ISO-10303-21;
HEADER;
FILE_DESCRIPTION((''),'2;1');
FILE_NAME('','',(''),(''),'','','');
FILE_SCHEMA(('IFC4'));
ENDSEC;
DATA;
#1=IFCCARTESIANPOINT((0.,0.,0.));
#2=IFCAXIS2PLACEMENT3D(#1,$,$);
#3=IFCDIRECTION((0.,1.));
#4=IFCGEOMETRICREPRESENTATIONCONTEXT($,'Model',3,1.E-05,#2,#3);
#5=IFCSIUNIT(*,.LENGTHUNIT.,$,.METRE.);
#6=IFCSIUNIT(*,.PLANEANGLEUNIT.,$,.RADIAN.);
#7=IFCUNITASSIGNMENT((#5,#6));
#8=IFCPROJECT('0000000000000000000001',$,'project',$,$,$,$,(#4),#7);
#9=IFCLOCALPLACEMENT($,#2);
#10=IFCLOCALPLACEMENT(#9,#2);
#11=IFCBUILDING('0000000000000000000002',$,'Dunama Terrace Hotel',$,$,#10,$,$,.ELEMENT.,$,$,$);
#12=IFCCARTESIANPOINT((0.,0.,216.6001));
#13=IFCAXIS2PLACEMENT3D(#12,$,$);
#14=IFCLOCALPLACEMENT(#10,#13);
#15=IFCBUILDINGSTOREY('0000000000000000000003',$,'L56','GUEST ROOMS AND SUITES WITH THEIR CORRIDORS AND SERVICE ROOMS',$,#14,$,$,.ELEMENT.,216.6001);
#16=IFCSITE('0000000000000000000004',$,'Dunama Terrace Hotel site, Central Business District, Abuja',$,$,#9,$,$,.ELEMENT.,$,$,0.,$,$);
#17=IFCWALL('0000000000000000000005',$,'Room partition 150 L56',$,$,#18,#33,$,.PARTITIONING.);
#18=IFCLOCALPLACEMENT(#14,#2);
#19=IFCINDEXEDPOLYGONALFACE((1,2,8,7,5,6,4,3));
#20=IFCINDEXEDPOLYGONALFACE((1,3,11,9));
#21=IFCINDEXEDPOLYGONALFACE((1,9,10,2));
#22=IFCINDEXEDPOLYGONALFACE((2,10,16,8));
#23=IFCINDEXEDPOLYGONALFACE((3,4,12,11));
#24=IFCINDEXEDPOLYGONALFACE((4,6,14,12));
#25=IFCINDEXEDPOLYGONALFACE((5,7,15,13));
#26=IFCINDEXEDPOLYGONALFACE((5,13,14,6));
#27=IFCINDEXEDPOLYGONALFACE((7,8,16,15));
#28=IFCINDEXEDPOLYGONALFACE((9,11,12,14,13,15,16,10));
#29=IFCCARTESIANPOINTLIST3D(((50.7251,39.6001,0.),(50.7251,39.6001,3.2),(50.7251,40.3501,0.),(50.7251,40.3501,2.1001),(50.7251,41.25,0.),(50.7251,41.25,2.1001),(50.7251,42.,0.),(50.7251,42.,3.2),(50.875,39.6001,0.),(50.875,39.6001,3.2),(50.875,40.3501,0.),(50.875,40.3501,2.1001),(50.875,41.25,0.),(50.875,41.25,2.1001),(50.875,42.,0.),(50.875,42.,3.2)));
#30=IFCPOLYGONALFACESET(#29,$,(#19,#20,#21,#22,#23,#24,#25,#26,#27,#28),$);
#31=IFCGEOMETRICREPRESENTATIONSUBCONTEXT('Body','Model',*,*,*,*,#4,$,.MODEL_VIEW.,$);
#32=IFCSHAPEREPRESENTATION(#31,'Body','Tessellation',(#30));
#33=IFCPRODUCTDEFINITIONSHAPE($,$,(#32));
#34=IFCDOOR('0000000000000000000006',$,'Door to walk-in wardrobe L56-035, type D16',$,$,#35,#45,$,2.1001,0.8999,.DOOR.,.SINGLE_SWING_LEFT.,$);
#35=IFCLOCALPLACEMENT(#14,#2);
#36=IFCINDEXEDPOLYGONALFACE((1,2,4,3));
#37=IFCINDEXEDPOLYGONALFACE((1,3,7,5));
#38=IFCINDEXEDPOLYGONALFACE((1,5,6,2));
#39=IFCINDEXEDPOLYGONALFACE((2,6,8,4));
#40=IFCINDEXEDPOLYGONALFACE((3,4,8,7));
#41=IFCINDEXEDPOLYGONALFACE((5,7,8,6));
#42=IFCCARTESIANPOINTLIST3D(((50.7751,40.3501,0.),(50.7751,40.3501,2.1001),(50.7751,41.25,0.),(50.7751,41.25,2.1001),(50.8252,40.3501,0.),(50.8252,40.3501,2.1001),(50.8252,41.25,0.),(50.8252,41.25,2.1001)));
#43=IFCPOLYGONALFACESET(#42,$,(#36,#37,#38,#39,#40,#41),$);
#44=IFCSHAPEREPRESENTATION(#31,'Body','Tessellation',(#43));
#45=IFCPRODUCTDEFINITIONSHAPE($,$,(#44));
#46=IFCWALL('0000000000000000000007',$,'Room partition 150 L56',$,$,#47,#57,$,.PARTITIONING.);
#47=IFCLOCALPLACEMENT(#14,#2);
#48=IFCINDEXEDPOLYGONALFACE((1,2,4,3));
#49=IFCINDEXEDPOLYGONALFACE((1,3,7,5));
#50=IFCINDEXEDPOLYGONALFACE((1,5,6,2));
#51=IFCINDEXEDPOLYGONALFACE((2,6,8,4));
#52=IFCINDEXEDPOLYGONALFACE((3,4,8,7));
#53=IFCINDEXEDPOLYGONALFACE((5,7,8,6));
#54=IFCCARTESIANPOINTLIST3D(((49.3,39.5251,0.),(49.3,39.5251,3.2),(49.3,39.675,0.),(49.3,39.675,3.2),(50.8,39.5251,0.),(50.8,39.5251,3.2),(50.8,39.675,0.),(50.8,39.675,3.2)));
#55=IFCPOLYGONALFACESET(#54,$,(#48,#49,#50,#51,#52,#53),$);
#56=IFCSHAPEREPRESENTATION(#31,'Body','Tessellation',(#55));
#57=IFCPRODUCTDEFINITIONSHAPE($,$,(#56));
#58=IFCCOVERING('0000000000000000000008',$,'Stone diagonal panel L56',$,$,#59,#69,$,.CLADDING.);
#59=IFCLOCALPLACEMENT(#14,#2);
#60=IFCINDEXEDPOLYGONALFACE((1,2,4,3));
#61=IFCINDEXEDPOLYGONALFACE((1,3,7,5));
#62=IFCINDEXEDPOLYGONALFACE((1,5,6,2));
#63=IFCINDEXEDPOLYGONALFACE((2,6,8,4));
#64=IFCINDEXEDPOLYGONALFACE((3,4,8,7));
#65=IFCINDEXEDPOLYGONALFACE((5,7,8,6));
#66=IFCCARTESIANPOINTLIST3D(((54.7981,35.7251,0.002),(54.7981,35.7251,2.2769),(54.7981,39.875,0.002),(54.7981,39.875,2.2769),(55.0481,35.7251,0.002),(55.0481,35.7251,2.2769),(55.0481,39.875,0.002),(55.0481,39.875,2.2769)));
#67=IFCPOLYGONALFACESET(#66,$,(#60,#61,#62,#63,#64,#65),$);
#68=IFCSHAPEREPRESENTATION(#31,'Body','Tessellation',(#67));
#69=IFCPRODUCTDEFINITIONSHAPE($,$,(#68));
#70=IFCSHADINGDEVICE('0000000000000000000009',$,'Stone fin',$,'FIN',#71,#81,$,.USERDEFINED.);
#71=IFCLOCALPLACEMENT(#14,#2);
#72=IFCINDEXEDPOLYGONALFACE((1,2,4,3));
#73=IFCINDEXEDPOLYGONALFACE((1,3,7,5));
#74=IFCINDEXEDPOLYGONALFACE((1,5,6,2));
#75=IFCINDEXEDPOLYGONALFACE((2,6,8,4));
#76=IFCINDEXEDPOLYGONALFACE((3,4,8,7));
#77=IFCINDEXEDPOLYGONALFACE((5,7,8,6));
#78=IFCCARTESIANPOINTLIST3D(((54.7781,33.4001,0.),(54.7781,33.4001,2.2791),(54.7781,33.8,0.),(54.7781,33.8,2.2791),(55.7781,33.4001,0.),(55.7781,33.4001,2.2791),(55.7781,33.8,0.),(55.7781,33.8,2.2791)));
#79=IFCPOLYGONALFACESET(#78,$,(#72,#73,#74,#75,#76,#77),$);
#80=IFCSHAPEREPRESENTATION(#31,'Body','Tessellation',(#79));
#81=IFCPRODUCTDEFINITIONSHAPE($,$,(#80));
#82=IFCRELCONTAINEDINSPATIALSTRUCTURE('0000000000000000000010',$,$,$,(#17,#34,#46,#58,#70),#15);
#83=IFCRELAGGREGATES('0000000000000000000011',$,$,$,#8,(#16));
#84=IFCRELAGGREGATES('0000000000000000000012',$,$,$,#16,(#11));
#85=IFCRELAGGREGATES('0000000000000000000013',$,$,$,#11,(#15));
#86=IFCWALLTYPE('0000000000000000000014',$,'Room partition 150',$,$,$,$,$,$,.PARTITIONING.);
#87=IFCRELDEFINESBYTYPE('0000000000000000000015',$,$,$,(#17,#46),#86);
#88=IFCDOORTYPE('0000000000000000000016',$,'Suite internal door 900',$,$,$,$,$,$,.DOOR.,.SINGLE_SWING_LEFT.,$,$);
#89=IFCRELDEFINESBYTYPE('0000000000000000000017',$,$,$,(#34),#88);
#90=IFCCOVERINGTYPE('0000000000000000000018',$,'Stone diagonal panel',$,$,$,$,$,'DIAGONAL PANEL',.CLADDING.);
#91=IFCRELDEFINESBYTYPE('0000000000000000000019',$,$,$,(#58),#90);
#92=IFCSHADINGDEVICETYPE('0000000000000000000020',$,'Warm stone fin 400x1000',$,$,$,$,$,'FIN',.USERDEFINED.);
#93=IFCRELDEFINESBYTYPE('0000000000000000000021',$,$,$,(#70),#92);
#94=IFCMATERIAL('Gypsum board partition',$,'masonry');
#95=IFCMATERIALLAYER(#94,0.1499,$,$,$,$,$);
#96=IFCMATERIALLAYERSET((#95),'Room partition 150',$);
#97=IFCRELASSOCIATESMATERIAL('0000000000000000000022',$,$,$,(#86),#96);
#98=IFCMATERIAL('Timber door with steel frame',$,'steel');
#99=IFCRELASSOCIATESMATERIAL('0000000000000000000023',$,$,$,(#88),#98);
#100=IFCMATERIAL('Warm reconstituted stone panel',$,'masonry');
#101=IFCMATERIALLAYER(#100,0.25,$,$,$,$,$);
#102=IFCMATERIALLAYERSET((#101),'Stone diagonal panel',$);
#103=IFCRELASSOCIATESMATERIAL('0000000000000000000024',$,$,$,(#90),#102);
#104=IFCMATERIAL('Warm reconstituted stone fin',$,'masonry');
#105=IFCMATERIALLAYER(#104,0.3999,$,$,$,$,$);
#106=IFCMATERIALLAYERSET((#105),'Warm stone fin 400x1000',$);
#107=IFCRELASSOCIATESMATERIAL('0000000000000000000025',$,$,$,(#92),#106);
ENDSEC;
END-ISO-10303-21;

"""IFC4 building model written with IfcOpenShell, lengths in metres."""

from ifc_helpers import new_model, si_unit, direction, frame, frame_2d, origin, origin_2d, place, context, subcontext, project, spatial, rectangle, extrude, material, layer, layer_set, type_object, element, fill, save


model = new_model("IFC4")

# Units and contexts
model_context = context("Model", 3, precision=1e-05, world=origin(), true_north=direction((0.0, 1.0)))
body_context = subcontext(model_context, "Body", "Model", "MODEL_VIEW")
ifc_project = project(units=[si_unit("LENGTHUNIT", "METRE"), si_unit("PLANEANGLEUNIT", "RADIAN")], contexts=[model_context])

# Site, building, storey
site_placement = place(None, origin())
site = spatial("IfcSite", under=ifc_project, at=site_placement, Name="Dunama Terrace Hotel site, Central Business District, Abuja", CompositionType="ELEMENT", RefElevation=0.0)
building_placement = place(site_placement, origin())
building = spatial("IfcBuilding", under=site, at=building_placement, Name="Dunama Terrace Hotel", CompositionType="ELEMENT")
storey_placement = place(building_placement, frame((0.0, 0.0, 216.6001)))
storey = spatial("IfcBuildingStorey", under=building, at=storey_placement, Name="L56", Description="GUEST ROOMS AND SUITES WITH THEIR CORRIDORS AND SERVICE ROOMS", CompositionType="ELEMENT", Elevation=216.6001)

# Shared definitions
ifc_material_1 = material(Name="Gypsum board partition", Category="masonry")
ifc_layer_1 = layer(ifc_material_1, 0.1499)
ifc_layer_set_1 = layer_set([ifc_layer_1], Name="Room partition 150")
wall_type_1 = type_object("IfcWallType", Name="Room partition 150", PredefinedType="PARTITIONING", material=ifc_layer_set_1)
ifc_material_2 = material(Name="Timber door with steel frame", Category="steel")
door_type_1 = type_object("IfcDoorType", Name="Suite internal door 900", OperationType="SINGLE_SWING_LEFT", PredefinedType="DOOR", material=ifc_material_2)

# Wall, opening, door
wall_1_placement = place(storey_placement, frame((50.8, 39.6001, 0.0), z_axis=(0.0, 0.0, 1.0), x_axis=(0.0, 1.0, 0.0)))
wall_1 = element("IfcWall", 1, at=wall_1_placement, inside=storey, type_object=wall_type_1, Name="Room partition 150 L56", PredefinedType="PARTITIONING", context=body_context, shape_type="SweptSolid", body=[
    extrude(rectangle(XDim=2.3999, YDim=0.1499, at=frame_2d((1.2, 0.0))), origin(), (0.0, 0.0, 1.0), 3.2),
])
opening_1_placement = place(wall_1_placement, frame((0.75, 0.0, 0.0)))
opening_1 = element("IfcOpeningElement", 2, at=opening_1_placement, cuts=wall_1, PredefinedType="OPENING", context=body_context, shape_type="SweptSolid", body=[
    extrude(rectangle(XDim=0.8999, YDim=2.1001, at=frame_2d((0.45, 1.05))), frame((0.0, 0.085, 0.0), z_axis=(0.0, -1.0, 0.0), x_axis=(1.0, 0.0, 0.0)), (0.0, 0.0, 1.0), 0.1699),
])
door_1_placement = place(opening_1_placement, origin())
door_1 = element("IfcDoor", 3, at=door_1_placement, inside=storey, type_object=door_type_1, Name="Door to walk-in wardrobe L56-035, type D16", OperationType="SINGLE_SWING_LEFT", OverallHeight=2.1001, OverallWidth=0.8999, PredefinedType="DOOR", context=body_context, shape_type="SweptSolid", body=[
    extrude(rectangle(XDim=0.8999, YDim=2.1001, at=frame_2d((0.45, 1.05))), frame((0.0, 0.0249, 0.0), z_axis=(0.0, -1.0, 0.0), x_axis=(1.0, 0.0, 0.0)), (0.0, 0.0, 1.0), 0.05),
])
fill(opening_1, door_1)

# Wall
wall_2_placement = place(storey_placement, frame((49.3, 39.6001, 0.0), z_axis=(0.0, 0.0, 1.0), x_axis=(1.0, 0.0, 0.0)))
element("IfcWall", 4, at=wall_2_placement, inside=storey, type_object=wall_type_1, Name="Room partition 150 L56", PredefinedType="PARTITIONING", context=body_context, shape_type="SweptSolid", body=[
    extrude(rectangle(XDim=1.5, YDim=0.1499, at=frame_2d((0.75, 0.0))), origin(), (0.0, 0.0, 1.0), 3.2),
])

# Covering
ifc_material_3 = material(Name="Warm reconstituted stone panel", Category="masonry")
ifc_layer_2 = layer(ifc_material_3, 0.25)
ifc_layer_set_2 = layer_set([ifc_layer_2], Name="Stone diagonal panel")
covering_type = type_object("IfcCoveringType", Name="Stone diagonal panel", ElementType="DIAGONAL PANEL", PredefinedType="CLADDING", material=ifc_layer_set_2)
covering_placement = place(storey_placement, frame((54.9231, 37.8, 0.002), z_axis=(0.0, 0.0, 1.0), x_axis=(0.0, 1.0, 0.0)))
element("IfcCovering", 5, at=covering_placement, inside=storey, type_object=covering_type, Name="Stone diagonal panel L56", PredefinedType="CLADDING", context=body_context, shape_type="SweptSolid", body=[
    extrude(rectangle(XDim=4.1499, YDim=0.25, at=origin_2d()), origin(), (0.0, 0.0, 1.0), 2.2749),
])

# Shading device
ifc_material_4 = material(Name="Warm reconstituted stone fin", Category="masonry")
ifc_layer_3 = layer(ifc_material_4, 0.3999)
ifc_layer_set_3 = layer_set([ifc_layer_3], Name="Warm stone fin 400x1000")
shading_device_type = type_object("IfcShadingDeviceType", Name="Warm stone fin 400x1000", ElementType="FIN", PredefinedType="USERDEFINED", material=ifc_layer_set_3)
shading_device_placement = place(storey_placement, frame((55.2781, 33.6001, 0.0), z_axis=(0.0, 0.0, 1.0), x_axis=(0.0, 1.0, 0.0)))
element("IfcShadingDevice", 6, at=shading_device_placement, inside=storey, type_object=shading_device_type, Name="Stone fin", ObjectType="FIN", PredefinedType="USERDEFINED", context=body_context, shape_type="SweptSolid", body=[
    extrude(rectangle(XDim=0.3999, YDim=1.0, at=origin_2d()), origin(), (0.0, 0.0, 1.0), 2.2791),
])

save(model, "model.ifc")
